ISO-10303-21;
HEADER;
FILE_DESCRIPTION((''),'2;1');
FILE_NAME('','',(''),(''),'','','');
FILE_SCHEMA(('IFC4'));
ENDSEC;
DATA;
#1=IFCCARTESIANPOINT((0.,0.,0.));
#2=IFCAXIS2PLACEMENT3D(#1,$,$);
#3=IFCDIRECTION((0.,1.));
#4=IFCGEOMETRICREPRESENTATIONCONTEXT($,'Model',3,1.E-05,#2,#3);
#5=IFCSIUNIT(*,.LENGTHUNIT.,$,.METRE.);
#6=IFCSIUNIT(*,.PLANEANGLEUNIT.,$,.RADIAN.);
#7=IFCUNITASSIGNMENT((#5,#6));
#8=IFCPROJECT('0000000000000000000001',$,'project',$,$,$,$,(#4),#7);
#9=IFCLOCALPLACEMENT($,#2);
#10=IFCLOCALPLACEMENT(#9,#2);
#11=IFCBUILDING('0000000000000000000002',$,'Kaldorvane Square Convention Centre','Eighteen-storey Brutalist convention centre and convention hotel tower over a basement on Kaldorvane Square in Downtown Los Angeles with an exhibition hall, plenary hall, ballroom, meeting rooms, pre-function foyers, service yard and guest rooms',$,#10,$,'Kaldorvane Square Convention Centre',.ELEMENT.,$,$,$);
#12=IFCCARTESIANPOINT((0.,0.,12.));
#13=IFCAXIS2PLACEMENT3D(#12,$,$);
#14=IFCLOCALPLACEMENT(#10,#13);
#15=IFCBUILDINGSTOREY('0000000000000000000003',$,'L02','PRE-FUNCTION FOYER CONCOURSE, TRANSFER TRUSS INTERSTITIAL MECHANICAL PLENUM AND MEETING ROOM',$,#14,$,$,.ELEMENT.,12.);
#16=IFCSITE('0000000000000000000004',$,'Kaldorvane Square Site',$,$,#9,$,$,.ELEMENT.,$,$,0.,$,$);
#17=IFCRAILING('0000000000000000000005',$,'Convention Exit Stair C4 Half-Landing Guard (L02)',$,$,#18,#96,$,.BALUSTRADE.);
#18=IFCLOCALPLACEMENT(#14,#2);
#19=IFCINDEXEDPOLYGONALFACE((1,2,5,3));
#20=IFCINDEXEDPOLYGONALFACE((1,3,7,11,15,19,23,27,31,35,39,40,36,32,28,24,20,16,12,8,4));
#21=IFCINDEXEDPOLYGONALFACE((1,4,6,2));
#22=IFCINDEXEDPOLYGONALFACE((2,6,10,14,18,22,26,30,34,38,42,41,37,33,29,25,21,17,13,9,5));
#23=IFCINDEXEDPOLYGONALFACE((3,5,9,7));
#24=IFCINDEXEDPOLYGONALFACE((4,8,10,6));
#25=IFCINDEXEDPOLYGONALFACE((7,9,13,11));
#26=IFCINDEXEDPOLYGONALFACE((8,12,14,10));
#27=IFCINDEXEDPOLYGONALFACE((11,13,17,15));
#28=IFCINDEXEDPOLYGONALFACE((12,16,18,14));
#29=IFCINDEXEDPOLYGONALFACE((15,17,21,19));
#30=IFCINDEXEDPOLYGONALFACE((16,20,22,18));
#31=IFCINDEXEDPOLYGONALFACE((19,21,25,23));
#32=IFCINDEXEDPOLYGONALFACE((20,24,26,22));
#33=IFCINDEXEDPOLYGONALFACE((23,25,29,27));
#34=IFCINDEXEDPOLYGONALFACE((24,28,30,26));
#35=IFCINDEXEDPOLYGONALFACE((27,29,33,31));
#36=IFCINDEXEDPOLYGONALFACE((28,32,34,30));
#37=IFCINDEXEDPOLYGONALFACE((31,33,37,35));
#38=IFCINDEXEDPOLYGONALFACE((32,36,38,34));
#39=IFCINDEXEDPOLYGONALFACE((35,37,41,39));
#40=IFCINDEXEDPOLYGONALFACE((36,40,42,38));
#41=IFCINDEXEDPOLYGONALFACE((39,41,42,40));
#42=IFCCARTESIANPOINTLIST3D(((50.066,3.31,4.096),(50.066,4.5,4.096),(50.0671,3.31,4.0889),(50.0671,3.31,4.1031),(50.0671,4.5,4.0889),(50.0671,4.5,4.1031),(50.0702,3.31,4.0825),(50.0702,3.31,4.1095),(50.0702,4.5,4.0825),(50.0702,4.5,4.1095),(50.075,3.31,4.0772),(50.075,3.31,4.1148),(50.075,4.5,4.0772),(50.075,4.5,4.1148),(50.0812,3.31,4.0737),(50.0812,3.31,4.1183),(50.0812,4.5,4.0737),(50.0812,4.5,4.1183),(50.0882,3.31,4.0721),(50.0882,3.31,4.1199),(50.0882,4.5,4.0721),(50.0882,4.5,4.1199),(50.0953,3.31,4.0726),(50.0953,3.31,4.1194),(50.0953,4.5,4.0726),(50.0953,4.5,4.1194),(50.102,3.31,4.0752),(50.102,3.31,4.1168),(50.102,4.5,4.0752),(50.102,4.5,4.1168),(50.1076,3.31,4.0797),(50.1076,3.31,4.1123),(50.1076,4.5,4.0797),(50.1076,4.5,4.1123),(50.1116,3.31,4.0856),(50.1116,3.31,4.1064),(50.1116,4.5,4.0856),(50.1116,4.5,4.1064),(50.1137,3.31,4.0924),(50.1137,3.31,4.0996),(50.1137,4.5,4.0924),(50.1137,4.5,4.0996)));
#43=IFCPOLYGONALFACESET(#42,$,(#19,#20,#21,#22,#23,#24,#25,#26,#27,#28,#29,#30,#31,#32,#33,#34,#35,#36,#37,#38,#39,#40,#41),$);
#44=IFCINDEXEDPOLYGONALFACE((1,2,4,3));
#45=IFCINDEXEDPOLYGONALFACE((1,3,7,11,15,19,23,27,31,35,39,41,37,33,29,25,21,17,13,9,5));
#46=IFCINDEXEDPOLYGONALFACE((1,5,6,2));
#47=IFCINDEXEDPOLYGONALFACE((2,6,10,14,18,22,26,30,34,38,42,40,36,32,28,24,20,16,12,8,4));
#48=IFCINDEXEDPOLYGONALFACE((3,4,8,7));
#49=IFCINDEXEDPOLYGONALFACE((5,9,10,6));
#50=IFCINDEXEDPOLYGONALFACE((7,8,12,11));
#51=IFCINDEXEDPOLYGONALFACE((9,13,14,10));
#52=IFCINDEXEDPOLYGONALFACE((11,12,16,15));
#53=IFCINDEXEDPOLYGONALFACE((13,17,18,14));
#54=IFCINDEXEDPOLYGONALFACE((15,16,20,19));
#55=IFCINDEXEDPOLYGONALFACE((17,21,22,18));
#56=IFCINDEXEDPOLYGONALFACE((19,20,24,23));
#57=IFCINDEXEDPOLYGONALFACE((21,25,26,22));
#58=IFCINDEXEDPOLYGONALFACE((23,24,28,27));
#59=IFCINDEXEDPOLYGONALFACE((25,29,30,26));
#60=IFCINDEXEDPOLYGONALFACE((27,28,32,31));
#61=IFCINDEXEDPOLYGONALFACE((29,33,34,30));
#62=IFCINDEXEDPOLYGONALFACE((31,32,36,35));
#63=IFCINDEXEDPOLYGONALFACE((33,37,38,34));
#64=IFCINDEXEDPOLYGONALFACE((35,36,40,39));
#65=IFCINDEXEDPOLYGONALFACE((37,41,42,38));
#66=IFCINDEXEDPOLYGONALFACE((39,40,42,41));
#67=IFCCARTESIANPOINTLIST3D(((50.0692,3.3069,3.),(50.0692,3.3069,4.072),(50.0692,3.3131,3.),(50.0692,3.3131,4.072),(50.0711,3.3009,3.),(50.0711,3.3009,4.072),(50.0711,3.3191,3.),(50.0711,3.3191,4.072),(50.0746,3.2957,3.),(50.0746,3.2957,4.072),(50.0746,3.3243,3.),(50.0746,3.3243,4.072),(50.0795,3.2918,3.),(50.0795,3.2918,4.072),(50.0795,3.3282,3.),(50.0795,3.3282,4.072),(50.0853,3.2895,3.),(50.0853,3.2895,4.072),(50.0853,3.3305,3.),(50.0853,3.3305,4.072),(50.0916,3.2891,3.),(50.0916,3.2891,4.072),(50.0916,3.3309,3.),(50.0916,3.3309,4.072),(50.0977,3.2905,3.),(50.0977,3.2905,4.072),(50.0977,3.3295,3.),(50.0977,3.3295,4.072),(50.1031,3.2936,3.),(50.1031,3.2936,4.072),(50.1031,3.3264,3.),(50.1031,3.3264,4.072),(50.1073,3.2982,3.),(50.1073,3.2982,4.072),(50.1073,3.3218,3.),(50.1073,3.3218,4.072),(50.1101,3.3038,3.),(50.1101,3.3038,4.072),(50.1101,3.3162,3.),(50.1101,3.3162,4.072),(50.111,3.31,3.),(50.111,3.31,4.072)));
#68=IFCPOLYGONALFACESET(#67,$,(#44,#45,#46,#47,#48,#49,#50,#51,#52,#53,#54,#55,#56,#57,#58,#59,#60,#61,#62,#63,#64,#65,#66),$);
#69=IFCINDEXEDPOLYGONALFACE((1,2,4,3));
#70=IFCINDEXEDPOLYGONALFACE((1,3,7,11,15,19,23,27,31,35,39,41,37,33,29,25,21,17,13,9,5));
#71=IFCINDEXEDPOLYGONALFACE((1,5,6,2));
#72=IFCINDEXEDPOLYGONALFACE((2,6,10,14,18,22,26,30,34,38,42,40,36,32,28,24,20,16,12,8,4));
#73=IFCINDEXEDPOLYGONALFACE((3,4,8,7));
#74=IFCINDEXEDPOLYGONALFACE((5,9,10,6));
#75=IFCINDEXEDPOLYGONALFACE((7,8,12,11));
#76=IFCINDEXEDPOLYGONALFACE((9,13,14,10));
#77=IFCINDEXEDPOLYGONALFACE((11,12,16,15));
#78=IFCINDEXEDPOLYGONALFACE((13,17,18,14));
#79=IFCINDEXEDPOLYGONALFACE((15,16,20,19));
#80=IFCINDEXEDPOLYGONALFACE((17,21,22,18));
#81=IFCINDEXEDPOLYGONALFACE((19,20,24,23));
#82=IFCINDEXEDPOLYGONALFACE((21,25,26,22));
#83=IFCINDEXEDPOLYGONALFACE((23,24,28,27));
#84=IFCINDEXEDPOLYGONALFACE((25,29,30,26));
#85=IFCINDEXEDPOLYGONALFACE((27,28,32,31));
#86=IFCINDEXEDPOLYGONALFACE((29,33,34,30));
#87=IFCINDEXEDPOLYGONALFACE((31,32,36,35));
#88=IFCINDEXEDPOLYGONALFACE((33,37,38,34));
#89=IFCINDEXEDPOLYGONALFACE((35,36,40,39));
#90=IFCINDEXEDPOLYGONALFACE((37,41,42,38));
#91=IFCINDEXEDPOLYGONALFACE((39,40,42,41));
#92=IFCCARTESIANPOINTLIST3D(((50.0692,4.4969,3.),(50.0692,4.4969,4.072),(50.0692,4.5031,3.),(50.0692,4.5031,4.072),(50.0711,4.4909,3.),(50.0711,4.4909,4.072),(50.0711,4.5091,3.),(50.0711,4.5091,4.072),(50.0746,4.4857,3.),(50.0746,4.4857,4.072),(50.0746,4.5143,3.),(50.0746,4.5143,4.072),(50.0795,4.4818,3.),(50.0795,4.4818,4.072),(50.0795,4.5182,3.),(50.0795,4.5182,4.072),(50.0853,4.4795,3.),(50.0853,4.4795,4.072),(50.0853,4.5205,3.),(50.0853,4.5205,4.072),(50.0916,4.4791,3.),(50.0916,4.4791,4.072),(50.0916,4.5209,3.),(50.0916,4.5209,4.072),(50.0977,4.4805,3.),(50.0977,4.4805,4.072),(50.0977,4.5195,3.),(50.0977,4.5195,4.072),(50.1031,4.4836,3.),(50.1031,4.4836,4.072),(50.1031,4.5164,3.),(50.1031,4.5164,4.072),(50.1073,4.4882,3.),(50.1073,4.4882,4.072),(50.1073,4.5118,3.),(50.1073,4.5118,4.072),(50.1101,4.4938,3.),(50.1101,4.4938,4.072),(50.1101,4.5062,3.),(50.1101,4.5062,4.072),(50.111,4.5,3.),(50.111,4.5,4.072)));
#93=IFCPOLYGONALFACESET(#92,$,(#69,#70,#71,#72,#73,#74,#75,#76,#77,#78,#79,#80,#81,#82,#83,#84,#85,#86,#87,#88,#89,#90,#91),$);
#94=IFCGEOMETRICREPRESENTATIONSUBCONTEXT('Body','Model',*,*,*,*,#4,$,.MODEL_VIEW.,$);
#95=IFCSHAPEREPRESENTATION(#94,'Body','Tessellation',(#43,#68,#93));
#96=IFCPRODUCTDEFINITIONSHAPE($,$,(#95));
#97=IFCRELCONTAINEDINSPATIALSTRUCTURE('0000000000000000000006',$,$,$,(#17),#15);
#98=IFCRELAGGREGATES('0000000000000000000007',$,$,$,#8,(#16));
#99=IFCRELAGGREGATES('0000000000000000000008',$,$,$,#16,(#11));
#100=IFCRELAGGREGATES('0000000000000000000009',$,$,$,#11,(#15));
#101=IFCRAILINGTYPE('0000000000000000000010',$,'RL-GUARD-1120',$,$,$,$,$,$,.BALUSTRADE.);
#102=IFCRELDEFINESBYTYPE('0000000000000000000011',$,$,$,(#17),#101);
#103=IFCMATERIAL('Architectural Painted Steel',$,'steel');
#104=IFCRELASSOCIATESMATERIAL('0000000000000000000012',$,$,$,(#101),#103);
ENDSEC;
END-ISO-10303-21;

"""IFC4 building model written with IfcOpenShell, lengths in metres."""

from ifc_helpers import new_model, si_unit, direction, frame, origin, origin_2d, place, context, subcontext, project, spatial, circle, extrude, material, type_object, element, save


model = new_model("IFC4")

# Units and contexts
model_context = context("Model", 3, precision=1e-05, world=origin(), true_north=direction((0.0, 1.0)))
body_context = subcontext(model_context, "Body", "Model", "MODEL_VIEW")
ifc_project = project(units=[si_unit("LENGTHUNIT", "METRE"), si_unit("PLANEANGLEUNIT", "RADIAN")], contexts=[model_context])

# Site, building, storey
site_placement = place(None, origin())
site = spatial("IfcSite", under=ifc_project, at=site_placement, Name="Kaldorvane Square Site", CompositionType="ELEMENT", RefElevation=0.0)
building_placement = place(site_placement, origin())
building = spatial("IfcBuilding", under=site, at=building_placement, Name="Kaldorvane Square Convention Centre", Description="Eighteen-storey Brutalist convention centre and convention hotel tower over a basement on Kaldorvane Square in Downtown Los Angeles with an exhibition hall, plenary hall, ballroom, meeting rooms, pre-function foyers, service yard and guest rooms", LongName="Kaldorvane Square Convention Centre", CompositionType="ELEMENT")
storey_placement = place(building_placement, frame((0.0, 0.0, 12.0)))
storey = spatial("IfcBuildingStorey", under=building, at=storey_placement, Name="L02", Description="PRE-FUNCTION FOYER CONCOURSE, TRANSFER TRUSS INTERSTITIAL MECHANICAL PLENUM AND MEETING ROOM", CompositionType="ELEMENT", Elevation=12.0)

# Railing
ifc_material_1 = material(Name="Architectural Painted Steel", Category="steel")
railing_type_1 = type_object("IfcRailingType", Name="RL-GUARD-1120", PredefinedType="BALUSTRADE", material=ifc_material_1)
for number, where, name in (
    (1, (50.09, 3.31, 3.0), "Convention Exit Stair C4 Half-Landing Guard (L02)"),
):
    element("IfcRailing", number, at=place(storey_placement, frame(where)), inside=storey, type_object=railing_type_1, Name=name, PredefinedType="BALUSTRADE", context=body_context, shape_type="SweptSolid", body=[
        extrude(circle(Radius=0.024, at=origin_2d()), frame((0.0, 0.0, 1.096), z_axis=(0.0, 1.0, 0.0), x_axis=(-1.0, 0.0, 0.0)), (0.0, 0.0, 1.0), 1.19),
        extrude(circle(Radius=0.021, at=origin_2d()), origin(), (0.0, 0.0, 1.0), 1.072),
        extrude(circle(Radius=0.021, at=origin_2d()), frame((0.0, 1.19, 0.0)), (0.0, 0.0, 1.0), 1.072),
    ])

save(model, "model.ifc")
